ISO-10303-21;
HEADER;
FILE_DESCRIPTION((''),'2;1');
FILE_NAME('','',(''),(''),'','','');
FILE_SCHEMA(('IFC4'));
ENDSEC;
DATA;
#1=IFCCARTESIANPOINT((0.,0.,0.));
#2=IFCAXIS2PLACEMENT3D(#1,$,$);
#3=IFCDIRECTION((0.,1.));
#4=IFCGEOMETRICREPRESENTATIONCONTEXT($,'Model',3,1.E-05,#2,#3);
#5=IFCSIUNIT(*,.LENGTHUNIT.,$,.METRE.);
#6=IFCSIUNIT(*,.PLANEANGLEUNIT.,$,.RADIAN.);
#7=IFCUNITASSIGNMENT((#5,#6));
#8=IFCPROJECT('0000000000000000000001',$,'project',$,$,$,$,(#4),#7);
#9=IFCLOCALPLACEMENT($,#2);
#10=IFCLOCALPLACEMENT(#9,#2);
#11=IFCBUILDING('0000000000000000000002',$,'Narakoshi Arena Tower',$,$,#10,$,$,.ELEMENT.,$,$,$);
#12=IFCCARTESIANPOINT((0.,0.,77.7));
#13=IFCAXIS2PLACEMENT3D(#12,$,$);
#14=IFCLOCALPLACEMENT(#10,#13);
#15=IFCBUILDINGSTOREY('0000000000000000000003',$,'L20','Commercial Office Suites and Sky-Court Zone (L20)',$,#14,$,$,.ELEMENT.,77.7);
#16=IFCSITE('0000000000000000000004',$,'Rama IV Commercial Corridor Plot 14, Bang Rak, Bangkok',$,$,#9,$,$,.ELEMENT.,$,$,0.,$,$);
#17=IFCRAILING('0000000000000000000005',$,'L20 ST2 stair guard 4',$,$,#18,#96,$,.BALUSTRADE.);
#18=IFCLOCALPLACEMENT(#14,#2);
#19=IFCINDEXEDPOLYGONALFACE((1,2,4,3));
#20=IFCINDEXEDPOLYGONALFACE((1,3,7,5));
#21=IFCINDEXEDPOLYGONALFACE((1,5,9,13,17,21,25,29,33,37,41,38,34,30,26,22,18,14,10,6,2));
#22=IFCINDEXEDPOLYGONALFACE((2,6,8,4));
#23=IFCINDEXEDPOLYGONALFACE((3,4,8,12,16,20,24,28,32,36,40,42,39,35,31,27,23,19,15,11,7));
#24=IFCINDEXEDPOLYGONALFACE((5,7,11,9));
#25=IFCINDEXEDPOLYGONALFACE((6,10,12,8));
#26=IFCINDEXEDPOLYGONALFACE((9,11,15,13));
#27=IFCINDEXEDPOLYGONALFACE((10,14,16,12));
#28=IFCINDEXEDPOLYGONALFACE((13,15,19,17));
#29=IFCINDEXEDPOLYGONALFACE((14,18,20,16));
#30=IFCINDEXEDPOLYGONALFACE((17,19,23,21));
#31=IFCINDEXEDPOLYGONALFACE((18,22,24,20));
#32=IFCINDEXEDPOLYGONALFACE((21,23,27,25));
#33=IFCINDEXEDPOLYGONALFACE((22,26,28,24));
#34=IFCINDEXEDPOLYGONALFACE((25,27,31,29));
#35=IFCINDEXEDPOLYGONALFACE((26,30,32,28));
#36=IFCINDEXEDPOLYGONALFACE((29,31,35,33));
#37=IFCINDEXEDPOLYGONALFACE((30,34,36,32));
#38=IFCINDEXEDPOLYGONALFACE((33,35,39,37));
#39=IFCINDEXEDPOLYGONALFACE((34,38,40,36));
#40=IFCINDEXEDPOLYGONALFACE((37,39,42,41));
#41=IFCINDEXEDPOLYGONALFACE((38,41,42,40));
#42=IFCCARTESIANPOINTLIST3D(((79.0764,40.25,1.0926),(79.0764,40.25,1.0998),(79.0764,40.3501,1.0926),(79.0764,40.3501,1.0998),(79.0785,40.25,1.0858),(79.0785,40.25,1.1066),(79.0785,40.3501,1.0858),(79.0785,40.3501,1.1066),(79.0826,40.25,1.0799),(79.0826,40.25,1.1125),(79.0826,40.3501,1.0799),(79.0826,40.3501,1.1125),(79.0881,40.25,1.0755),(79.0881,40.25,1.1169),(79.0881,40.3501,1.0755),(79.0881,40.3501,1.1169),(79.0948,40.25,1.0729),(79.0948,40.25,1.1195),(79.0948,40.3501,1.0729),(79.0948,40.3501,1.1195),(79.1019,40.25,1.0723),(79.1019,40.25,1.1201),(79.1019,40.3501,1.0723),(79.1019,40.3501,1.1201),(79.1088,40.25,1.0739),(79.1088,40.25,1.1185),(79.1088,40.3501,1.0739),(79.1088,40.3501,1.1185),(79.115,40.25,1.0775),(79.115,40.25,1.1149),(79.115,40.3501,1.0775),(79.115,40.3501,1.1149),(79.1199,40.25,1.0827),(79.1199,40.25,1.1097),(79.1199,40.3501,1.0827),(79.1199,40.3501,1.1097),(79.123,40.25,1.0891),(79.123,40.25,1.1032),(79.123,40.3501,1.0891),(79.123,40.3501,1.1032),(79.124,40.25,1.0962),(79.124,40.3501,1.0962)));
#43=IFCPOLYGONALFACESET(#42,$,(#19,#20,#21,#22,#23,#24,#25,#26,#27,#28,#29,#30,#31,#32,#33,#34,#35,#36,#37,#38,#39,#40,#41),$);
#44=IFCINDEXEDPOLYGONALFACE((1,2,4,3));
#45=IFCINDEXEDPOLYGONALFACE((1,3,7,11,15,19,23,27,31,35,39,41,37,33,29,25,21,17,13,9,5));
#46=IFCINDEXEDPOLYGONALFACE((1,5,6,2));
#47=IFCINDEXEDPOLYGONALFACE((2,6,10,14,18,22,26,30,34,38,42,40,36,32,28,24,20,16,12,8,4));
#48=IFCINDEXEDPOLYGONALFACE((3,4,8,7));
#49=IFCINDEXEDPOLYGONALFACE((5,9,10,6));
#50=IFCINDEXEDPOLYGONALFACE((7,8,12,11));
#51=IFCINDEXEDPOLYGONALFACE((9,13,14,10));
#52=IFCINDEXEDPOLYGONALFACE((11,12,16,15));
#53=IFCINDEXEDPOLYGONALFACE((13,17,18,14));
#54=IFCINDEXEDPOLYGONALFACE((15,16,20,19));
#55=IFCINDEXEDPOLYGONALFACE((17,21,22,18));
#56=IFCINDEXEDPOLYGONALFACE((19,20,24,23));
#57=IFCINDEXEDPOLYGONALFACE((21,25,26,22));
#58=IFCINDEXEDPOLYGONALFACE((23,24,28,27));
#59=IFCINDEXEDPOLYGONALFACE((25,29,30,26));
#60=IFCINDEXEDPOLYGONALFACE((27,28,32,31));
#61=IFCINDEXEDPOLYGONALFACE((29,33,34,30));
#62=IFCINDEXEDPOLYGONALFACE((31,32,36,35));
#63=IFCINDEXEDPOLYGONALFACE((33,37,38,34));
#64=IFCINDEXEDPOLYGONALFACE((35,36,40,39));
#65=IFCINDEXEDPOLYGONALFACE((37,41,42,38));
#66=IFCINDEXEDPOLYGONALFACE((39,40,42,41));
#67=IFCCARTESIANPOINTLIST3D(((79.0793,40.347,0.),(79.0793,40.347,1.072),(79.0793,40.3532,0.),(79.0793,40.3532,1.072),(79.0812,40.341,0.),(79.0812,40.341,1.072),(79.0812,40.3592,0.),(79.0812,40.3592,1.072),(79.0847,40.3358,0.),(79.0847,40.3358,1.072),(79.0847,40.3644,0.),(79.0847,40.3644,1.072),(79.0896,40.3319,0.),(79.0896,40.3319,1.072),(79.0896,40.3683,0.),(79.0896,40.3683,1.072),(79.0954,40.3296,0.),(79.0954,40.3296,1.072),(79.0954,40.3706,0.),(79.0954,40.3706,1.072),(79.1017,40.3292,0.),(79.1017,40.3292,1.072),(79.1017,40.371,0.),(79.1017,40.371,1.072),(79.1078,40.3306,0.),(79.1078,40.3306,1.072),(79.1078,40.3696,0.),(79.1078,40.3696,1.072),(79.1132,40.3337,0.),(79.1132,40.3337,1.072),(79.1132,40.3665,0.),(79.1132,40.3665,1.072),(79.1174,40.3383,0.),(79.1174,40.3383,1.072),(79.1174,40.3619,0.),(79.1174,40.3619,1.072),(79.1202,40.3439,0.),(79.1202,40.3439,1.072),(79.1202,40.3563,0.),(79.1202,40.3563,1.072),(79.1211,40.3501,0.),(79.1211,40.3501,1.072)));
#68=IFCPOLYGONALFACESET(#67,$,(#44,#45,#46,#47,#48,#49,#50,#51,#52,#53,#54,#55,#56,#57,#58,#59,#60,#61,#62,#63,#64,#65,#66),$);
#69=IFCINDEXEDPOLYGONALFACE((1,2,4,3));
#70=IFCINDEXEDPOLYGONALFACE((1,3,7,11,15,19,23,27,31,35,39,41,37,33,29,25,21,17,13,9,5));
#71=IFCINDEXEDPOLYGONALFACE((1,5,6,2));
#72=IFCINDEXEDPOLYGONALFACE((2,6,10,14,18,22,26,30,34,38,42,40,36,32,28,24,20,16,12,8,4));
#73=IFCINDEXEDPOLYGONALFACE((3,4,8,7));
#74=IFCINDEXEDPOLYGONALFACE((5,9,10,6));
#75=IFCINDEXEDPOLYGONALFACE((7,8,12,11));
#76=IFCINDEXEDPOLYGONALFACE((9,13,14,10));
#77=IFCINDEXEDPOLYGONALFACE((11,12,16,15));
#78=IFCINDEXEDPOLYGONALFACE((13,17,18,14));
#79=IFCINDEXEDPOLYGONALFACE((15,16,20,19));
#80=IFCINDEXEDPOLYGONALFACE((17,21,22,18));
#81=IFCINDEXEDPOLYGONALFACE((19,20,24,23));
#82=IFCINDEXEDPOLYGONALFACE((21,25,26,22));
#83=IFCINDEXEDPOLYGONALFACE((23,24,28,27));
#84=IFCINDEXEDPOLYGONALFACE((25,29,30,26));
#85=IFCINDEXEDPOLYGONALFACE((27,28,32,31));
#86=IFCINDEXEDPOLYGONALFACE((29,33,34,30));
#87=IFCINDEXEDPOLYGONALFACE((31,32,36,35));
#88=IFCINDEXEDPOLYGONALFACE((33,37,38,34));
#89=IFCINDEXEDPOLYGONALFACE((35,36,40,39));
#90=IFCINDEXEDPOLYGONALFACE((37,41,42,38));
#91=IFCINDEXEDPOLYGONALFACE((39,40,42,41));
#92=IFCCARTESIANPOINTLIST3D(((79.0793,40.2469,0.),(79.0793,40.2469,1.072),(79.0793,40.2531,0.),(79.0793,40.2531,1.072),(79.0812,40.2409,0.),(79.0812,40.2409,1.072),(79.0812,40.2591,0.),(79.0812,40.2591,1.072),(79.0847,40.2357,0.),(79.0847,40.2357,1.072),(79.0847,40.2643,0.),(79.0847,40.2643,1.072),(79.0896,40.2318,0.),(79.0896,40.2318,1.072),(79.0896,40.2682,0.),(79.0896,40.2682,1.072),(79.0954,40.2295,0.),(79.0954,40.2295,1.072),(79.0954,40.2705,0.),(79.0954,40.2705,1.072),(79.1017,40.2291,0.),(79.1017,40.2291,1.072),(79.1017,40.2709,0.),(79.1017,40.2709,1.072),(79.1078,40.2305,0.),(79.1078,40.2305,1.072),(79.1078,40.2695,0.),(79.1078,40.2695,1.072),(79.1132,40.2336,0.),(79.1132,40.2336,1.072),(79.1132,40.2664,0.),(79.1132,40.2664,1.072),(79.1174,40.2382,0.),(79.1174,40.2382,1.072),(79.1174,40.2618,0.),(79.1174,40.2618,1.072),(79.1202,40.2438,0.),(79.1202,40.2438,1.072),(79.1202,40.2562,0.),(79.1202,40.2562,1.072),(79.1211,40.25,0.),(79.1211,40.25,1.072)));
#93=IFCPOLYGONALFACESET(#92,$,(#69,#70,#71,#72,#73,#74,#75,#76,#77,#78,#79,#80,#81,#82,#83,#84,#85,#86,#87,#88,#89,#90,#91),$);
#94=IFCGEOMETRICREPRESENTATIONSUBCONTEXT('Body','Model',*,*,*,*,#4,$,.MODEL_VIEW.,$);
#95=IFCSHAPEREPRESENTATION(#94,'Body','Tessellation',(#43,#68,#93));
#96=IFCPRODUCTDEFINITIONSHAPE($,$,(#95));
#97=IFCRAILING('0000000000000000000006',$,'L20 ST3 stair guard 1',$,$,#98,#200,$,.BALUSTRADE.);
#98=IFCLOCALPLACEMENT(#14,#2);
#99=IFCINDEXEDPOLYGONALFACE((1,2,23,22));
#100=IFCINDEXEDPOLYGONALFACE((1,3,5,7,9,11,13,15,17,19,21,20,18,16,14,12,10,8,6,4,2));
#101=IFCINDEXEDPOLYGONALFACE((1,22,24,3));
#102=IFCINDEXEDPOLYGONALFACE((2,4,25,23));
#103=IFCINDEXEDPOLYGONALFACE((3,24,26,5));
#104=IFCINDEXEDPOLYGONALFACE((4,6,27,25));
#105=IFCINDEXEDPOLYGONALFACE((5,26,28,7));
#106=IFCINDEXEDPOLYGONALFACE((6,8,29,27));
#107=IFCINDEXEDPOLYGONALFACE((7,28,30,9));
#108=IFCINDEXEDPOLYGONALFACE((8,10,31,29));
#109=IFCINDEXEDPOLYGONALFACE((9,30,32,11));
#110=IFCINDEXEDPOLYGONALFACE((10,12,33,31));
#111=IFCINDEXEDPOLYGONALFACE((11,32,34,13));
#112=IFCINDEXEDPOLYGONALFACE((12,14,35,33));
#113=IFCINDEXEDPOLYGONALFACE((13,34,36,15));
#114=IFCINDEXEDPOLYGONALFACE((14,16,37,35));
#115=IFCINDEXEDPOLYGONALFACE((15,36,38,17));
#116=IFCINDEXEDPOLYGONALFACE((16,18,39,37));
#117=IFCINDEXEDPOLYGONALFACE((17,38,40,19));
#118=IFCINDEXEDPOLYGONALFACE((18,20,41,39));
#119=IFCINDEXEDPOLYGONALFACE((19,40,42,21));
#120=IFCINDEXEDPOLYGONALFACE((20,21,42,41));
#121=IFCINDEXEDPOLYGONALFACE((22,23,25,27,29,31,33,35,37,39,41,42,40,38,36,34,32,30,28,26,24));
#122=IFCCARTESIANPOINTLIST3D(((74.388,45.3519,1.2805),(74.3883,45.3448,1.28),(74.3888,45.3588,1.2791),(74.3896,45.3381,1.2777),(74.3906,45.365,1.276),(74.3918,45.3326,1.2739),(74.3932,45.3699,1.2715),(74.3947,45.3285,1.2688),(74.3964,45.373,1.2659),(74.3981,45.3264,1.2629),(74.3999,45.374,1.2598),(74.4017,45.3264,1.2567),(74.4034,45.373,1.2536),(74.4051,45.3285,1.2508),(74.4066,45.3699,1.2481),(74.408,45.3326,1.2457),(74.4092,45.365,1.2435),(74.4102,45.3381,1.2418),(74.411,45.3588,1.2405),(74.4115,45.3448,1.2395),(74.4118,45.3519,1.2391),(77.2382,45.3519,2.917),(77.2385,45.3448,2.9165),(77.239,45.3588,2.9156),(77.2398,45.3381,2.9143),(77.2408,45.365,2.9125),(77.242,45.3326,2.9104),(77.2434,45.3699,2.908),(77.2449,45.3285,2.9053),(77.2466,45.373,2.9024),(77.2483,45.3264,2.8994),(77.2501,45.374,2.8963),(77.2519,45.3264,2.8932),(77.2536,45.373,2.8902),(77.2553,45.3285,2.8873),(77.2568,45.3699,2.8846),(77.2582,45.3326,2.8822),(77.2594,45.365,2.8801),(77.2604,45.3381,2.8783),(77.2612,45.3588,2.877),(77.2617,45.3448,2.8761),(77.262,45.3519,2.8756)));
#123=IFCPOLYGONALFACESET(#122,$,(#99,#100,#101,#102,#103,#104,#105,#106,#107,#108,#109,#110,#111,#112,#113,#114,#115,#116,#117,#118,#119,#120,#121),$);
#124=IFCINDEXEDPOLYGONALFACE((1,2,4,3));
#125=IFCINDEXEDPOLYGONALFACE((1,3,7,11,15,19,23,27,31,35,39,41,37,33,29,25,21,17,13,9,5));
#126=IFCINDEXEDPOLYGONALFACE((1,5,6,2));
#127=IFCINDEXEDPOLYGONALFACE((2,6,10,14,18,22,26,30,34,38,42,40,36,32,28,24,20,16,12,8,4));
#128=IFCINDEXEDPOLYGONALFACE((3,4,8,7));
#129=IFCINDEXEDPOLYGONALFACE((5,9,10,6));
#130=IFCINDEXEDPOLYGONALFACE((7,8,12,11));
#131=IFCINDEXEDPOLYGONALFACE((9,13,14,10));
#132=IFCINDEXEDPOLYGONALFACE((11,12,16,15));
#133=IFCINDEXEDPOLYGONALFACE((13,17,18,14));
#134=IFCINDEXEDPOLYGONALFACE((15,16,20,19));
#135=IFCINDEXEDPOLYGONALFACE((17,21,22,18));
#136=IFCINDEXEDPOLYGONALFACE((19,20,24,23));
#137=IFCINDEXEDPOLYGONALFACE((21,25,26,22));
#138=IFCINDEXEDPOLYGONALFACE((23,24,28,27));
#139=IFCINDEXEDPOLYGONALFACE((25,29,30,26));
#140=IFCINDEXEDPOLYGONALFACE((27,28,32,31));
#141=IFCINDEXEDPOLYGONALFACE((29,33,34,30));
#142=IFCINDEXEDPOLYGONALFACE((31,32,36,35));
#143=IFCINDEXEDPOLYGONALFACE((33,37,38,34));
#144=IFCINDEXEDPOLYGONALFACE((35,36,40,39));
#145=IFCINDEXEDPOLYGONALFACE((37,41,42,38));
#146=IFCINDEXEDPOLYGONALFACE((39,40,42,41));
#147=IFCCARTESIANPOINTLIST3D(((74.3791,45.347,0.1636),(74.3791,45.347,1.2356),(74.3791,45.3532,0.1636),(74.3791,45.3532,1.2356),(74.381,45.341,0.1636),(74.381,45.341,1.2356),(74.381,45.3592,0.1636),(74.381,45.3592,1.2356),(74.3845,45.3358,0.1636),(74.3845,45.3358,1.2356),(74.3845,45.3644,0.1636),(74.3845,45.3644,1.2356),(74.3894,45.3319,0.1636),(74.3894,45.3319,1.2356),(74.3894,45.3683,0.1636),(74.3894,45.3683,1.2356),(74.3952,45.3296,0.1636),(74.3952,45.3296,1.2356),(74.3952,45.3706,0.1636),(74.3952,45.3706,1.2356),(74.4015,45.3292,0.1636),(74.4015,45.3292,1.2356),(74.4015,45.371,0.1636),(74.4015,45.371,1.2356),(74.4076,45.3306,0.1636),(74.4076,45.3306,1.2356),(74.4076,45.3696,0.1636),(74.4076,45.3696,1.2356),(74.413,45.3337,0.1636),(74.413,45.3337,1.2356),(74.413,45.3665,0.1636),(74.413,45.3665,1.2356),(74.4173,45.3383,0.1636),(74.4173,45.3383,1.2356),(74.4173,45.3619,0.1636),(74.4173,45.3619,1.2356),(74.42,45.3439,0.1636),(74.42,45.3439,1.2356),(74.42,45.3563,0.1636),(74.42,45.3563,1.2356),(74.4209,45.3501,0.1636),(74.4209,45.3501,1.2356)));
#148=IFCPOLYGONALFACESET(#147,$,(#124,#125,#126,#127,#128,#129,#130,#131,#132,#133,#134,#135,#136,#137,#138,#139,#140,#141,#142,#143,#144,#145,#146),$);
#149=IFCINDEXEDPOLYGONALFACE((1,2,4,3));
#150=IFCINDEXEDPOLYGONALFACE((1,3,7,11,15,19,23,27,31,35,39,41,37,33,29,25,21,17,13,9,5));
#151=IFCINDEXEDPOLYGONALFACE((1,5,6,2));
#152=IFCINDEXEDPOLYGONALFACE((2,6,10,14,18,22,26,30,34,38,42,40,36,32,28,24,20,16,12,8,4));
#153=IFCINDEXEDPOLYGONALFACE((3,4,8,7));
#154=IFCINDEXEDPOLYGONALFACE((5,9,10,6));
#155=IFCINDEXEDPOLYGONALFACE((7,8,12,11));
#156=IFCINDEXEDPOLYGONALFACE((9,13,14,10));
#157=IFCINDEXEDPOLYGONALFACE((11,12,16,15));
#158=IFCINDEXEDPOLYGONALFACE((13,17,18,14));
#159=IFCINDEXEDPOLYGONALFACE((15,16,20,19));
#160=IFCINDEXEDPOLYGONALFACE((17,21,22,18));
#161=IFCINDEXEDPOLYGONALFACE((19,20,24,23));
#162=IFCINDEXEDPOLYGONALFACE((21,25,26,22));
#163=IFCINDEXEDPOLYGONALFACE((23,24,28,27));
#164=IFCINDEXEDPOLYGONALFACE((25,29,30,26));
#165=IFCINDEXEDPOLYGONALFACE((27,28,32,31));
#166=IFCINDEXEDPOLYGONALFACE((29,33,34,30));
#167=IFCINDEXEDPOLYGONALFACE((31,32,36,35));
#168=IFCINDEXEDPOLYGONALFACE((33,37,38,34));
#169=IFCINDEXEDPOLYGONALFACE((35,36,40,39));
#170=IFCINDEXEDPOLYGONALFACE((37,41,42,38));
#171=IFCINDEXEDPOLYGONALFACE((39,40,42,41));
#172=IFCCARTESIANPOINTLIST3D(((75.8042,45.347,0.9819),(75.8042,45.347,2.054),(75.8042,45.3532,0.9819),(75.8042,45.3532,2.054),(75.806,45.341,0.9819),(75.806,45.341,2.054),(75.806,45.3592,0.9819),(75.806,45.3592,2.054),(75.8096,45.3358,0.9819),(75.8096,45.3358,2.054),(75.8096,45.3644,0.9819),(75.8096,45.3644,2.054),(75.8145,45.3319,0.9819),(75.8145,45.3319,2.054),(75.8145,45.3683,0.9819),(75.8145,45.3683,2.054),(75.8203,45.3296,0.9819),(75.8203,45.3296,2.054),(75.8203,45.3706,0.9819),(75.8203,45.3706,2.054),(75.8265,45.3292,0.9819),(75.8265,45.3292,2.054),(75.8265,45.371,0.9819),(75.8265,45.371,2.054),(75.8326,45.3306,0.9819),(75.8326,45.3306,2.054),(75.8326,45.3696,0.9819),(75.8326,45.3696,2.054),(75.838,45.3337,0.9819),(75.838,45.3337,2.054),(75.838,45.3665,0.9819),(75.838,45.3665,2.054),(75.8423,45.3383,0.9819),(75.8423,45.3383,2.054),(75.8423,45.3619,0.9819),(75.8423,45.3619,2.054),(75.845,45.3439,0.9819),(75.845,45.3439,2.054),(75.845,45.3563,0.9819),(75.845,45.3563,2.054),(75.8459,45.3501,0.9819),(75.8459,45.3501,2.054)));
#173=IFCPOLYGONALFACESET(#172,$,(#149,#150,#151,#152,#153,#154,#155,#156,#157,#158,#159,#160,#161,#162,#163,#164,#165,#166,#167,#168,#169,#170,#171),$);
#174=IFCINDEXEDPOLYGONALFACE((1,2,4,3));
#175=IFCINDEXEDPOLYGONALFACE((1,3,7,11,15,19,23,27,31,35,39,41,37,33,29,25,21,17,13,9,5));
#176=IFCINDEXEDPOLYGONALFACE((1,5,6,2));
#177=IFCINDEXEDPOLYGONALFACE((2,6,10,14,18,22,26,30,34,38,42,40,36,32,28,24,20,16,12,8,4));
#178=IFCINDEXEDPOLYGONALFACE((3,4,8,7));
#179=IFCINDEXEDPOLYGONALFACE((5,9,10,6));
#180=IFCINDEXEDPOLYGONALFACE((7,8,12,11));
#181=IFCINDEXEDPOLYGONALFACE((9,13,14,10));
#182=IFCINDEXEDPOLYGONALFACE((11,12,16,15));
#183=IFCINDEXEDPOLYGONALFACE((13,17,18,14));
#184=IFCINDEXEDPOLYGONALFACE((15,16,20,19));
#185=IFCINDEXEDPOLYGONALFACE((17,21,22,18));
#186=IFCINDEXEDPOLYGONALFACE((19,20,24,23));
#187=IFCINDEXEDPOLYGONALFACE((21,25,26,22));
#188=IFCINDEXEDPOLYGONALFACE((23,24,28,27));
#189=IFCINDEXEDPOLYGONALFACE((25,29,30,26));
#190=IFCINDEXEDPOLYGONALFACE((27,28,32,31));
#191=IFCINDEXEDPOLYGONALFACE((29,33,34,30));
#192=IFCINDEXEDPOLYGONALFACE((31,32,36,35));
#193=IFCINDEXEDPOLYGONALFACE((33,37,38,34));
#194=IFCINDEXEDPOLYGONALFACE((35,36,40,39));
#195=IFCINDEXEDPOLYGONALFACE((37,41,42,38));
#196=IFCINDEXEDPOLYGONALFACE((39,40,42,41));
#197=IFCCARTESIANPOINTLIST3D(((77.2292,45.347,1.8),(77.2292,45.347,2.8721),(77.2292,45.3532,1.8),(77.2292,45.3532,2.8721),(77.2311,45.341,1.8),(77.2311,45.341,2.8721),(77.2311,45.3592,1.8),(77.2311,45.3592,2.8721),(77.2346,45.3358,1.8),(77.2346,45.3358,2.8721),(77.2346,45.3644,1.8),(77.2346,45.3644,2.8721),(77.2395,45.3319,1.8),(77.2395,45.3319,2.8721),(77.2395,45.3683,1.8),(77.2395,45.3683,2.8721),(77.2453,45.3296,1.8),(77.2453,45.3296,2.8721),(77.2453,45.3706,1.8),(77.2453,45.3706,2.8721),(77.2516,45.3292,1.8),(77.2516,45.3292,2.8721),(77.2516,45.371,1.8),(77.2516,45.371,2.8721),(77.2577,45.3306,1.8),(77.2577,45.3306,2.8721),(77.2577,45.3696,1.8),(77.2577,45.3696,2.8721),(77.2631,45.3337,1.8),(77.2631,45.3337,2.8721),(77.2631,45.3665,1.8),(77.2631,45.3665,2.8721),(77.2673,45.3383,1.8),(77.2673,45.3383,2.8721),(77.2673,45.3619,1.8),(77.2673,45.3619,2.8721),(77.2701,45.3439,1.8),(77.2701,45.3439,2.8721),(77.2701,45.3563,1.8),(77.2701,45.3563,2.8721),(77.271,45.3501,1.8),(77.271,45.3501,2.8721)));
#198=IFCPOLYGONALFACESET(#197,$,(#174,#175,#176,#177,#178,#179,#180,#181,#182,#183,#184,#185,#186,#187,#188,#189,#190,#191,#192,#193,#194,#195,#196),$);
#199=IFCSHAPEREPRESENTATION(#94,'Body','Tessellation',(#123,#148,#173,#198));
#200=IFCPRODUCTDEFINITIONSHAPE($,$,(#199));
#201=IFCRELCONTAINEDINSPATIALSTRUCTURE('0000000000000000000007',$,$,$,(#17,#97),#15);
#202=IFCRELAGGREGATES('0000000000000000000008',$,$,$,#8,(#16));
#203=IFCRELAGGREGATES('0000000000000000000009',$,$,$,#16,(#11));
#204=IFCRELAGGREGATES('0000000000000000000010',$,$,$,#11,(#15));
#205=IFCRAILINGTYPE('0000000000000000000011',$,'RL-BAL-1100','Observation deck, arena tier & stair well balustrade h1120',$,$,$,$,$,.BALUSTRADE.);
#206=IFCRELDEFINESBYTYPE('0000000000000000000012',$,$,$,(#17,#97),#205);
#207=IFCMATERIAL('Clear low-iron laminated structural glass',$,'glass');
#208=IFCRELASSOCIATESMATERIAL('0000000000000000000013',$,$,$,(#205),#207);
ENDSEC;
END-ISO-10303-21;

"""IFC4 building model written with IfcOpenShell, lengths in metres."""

from ifc_helpers import new_model, si_unit, direction, frame, origin, origin_2d, place, context, subcontext, project, spatial, circle, extrude, material, type_object, element, save


model = new_model("IFC4")

# Units and contexts
model_context = context("Model", 3, precision=1e-05, world=origin(), true_north=direction((0.0, 1.0)))
body_context = subcontext(model_context, "Body", "Model", "MODEL_VIEW")
ifc_project = project(units=[si_unit("LENGTHUNIT", "METRE"), si_unit("PLANEANGLEUNIT", "RADIAN")], contexts=[model_context])

# Site, building, storey
site_placement = place(None, origin())
site = spatial("IfcSite", under=ifc_project, at=site_placement, Name="Rama IV Commercial Corridor Plot 14, Bang Rak, Bangkok", CompositionType="ELEMENT", RefElevation=0.0)
building_placement = place(site_placement, origin())
building = spatial("IfcBuilding", under=site, at=building_placement, Name="Narakoshi Arena Tower", CompositionType="ELEMENT")
storey_placement = place(building_placement, frame((0.0, 0.0, 77.7)))
storey = spatial("IfcBuildingStorey", under=building, at=storey_placement, Name="L20", Description="Commercial Office Suites and Sky-Court Zone (L20)", CompositionType="ELEMENT", Elevation=77.7)

# Railings
ifc_material_1 = material(Name="Clear low-iron laminated structural glass", Category="glass")
railing_type_1 = type_object("IfcRailingType", Name="RL-BAL-1100", Description="Observation deck, arena tier & stair well balustrade h1120", PredefinedType="BALUSTRADE", material=ifc_material_1)
railing_1_placement = place(storey_placement, frame((79.1001, 40.3501, 0.0)))
element("IfcRailing", 1, at=railing_1_placement, inside=storey, type_object=railing_type_1, Name="L20 ST2 stair guard 4", PredefinedType="BALUSTRADE", context=body_context, shape_type="SweptSolid", body=[
    extrude(circle(Radius=0.0239, at=origin_2d()), frame((0.0, 0.0, 1.0962), z_axis=(0.0, -1.0, 0.0), x_axis=(1.0, 0.0, 0.0)), (0.0, 0.0, 1.0), 0.1001),
    extrude(circle(Radius=0.021, at=origin_2d()), origin(), (0.0, 0.0, 1.0), 1.072),
    extrude(circle(Radius=0.021, at=origin_2d()), frame((0.0, -0.1001, 0.0)), (0.0, 0.0, 1.0), 1.072),
])
railing_2_placement = place(storey_placement, frame((74.3999, 45.3501, 0.1636)))
element("IfcRailing", 2, at=railing_2_placement, inside=storey, type_object=railing_type_1, Name="L20 ST3 stair guard 1", PredefinedType="BALUSTRADE", context=body_context, shape_type="SweptSolid", body=[
    extrude(circle(Radius=0.0239, at=origin_2d()), frame((0.0, 0.0, 1.0962), z_axis=(0.867213, 0.0, 0.497938), x_axis=(0.0, 1.0, 0.0)), (0.0, 0.0, 1.0), 3.2866),
    extrude(circle(Radius=0.021, at=origin_2d()), origin(), (0.0, 0.0, 1.0), 1.072),
    extrude(circle(Radius=0.021, at=origin_2d()), frame((1.425, 0.0, 0.8184)), (0.0, 0.0, 1.0), 1.072),
    extrude(circle(Radius=0.021, at=origin_2d()), frame((2.8501, 0.0, 1.6365)), (0.0, 0.0, 1.0), 1.072),
])

save(model, "model.ifc")
